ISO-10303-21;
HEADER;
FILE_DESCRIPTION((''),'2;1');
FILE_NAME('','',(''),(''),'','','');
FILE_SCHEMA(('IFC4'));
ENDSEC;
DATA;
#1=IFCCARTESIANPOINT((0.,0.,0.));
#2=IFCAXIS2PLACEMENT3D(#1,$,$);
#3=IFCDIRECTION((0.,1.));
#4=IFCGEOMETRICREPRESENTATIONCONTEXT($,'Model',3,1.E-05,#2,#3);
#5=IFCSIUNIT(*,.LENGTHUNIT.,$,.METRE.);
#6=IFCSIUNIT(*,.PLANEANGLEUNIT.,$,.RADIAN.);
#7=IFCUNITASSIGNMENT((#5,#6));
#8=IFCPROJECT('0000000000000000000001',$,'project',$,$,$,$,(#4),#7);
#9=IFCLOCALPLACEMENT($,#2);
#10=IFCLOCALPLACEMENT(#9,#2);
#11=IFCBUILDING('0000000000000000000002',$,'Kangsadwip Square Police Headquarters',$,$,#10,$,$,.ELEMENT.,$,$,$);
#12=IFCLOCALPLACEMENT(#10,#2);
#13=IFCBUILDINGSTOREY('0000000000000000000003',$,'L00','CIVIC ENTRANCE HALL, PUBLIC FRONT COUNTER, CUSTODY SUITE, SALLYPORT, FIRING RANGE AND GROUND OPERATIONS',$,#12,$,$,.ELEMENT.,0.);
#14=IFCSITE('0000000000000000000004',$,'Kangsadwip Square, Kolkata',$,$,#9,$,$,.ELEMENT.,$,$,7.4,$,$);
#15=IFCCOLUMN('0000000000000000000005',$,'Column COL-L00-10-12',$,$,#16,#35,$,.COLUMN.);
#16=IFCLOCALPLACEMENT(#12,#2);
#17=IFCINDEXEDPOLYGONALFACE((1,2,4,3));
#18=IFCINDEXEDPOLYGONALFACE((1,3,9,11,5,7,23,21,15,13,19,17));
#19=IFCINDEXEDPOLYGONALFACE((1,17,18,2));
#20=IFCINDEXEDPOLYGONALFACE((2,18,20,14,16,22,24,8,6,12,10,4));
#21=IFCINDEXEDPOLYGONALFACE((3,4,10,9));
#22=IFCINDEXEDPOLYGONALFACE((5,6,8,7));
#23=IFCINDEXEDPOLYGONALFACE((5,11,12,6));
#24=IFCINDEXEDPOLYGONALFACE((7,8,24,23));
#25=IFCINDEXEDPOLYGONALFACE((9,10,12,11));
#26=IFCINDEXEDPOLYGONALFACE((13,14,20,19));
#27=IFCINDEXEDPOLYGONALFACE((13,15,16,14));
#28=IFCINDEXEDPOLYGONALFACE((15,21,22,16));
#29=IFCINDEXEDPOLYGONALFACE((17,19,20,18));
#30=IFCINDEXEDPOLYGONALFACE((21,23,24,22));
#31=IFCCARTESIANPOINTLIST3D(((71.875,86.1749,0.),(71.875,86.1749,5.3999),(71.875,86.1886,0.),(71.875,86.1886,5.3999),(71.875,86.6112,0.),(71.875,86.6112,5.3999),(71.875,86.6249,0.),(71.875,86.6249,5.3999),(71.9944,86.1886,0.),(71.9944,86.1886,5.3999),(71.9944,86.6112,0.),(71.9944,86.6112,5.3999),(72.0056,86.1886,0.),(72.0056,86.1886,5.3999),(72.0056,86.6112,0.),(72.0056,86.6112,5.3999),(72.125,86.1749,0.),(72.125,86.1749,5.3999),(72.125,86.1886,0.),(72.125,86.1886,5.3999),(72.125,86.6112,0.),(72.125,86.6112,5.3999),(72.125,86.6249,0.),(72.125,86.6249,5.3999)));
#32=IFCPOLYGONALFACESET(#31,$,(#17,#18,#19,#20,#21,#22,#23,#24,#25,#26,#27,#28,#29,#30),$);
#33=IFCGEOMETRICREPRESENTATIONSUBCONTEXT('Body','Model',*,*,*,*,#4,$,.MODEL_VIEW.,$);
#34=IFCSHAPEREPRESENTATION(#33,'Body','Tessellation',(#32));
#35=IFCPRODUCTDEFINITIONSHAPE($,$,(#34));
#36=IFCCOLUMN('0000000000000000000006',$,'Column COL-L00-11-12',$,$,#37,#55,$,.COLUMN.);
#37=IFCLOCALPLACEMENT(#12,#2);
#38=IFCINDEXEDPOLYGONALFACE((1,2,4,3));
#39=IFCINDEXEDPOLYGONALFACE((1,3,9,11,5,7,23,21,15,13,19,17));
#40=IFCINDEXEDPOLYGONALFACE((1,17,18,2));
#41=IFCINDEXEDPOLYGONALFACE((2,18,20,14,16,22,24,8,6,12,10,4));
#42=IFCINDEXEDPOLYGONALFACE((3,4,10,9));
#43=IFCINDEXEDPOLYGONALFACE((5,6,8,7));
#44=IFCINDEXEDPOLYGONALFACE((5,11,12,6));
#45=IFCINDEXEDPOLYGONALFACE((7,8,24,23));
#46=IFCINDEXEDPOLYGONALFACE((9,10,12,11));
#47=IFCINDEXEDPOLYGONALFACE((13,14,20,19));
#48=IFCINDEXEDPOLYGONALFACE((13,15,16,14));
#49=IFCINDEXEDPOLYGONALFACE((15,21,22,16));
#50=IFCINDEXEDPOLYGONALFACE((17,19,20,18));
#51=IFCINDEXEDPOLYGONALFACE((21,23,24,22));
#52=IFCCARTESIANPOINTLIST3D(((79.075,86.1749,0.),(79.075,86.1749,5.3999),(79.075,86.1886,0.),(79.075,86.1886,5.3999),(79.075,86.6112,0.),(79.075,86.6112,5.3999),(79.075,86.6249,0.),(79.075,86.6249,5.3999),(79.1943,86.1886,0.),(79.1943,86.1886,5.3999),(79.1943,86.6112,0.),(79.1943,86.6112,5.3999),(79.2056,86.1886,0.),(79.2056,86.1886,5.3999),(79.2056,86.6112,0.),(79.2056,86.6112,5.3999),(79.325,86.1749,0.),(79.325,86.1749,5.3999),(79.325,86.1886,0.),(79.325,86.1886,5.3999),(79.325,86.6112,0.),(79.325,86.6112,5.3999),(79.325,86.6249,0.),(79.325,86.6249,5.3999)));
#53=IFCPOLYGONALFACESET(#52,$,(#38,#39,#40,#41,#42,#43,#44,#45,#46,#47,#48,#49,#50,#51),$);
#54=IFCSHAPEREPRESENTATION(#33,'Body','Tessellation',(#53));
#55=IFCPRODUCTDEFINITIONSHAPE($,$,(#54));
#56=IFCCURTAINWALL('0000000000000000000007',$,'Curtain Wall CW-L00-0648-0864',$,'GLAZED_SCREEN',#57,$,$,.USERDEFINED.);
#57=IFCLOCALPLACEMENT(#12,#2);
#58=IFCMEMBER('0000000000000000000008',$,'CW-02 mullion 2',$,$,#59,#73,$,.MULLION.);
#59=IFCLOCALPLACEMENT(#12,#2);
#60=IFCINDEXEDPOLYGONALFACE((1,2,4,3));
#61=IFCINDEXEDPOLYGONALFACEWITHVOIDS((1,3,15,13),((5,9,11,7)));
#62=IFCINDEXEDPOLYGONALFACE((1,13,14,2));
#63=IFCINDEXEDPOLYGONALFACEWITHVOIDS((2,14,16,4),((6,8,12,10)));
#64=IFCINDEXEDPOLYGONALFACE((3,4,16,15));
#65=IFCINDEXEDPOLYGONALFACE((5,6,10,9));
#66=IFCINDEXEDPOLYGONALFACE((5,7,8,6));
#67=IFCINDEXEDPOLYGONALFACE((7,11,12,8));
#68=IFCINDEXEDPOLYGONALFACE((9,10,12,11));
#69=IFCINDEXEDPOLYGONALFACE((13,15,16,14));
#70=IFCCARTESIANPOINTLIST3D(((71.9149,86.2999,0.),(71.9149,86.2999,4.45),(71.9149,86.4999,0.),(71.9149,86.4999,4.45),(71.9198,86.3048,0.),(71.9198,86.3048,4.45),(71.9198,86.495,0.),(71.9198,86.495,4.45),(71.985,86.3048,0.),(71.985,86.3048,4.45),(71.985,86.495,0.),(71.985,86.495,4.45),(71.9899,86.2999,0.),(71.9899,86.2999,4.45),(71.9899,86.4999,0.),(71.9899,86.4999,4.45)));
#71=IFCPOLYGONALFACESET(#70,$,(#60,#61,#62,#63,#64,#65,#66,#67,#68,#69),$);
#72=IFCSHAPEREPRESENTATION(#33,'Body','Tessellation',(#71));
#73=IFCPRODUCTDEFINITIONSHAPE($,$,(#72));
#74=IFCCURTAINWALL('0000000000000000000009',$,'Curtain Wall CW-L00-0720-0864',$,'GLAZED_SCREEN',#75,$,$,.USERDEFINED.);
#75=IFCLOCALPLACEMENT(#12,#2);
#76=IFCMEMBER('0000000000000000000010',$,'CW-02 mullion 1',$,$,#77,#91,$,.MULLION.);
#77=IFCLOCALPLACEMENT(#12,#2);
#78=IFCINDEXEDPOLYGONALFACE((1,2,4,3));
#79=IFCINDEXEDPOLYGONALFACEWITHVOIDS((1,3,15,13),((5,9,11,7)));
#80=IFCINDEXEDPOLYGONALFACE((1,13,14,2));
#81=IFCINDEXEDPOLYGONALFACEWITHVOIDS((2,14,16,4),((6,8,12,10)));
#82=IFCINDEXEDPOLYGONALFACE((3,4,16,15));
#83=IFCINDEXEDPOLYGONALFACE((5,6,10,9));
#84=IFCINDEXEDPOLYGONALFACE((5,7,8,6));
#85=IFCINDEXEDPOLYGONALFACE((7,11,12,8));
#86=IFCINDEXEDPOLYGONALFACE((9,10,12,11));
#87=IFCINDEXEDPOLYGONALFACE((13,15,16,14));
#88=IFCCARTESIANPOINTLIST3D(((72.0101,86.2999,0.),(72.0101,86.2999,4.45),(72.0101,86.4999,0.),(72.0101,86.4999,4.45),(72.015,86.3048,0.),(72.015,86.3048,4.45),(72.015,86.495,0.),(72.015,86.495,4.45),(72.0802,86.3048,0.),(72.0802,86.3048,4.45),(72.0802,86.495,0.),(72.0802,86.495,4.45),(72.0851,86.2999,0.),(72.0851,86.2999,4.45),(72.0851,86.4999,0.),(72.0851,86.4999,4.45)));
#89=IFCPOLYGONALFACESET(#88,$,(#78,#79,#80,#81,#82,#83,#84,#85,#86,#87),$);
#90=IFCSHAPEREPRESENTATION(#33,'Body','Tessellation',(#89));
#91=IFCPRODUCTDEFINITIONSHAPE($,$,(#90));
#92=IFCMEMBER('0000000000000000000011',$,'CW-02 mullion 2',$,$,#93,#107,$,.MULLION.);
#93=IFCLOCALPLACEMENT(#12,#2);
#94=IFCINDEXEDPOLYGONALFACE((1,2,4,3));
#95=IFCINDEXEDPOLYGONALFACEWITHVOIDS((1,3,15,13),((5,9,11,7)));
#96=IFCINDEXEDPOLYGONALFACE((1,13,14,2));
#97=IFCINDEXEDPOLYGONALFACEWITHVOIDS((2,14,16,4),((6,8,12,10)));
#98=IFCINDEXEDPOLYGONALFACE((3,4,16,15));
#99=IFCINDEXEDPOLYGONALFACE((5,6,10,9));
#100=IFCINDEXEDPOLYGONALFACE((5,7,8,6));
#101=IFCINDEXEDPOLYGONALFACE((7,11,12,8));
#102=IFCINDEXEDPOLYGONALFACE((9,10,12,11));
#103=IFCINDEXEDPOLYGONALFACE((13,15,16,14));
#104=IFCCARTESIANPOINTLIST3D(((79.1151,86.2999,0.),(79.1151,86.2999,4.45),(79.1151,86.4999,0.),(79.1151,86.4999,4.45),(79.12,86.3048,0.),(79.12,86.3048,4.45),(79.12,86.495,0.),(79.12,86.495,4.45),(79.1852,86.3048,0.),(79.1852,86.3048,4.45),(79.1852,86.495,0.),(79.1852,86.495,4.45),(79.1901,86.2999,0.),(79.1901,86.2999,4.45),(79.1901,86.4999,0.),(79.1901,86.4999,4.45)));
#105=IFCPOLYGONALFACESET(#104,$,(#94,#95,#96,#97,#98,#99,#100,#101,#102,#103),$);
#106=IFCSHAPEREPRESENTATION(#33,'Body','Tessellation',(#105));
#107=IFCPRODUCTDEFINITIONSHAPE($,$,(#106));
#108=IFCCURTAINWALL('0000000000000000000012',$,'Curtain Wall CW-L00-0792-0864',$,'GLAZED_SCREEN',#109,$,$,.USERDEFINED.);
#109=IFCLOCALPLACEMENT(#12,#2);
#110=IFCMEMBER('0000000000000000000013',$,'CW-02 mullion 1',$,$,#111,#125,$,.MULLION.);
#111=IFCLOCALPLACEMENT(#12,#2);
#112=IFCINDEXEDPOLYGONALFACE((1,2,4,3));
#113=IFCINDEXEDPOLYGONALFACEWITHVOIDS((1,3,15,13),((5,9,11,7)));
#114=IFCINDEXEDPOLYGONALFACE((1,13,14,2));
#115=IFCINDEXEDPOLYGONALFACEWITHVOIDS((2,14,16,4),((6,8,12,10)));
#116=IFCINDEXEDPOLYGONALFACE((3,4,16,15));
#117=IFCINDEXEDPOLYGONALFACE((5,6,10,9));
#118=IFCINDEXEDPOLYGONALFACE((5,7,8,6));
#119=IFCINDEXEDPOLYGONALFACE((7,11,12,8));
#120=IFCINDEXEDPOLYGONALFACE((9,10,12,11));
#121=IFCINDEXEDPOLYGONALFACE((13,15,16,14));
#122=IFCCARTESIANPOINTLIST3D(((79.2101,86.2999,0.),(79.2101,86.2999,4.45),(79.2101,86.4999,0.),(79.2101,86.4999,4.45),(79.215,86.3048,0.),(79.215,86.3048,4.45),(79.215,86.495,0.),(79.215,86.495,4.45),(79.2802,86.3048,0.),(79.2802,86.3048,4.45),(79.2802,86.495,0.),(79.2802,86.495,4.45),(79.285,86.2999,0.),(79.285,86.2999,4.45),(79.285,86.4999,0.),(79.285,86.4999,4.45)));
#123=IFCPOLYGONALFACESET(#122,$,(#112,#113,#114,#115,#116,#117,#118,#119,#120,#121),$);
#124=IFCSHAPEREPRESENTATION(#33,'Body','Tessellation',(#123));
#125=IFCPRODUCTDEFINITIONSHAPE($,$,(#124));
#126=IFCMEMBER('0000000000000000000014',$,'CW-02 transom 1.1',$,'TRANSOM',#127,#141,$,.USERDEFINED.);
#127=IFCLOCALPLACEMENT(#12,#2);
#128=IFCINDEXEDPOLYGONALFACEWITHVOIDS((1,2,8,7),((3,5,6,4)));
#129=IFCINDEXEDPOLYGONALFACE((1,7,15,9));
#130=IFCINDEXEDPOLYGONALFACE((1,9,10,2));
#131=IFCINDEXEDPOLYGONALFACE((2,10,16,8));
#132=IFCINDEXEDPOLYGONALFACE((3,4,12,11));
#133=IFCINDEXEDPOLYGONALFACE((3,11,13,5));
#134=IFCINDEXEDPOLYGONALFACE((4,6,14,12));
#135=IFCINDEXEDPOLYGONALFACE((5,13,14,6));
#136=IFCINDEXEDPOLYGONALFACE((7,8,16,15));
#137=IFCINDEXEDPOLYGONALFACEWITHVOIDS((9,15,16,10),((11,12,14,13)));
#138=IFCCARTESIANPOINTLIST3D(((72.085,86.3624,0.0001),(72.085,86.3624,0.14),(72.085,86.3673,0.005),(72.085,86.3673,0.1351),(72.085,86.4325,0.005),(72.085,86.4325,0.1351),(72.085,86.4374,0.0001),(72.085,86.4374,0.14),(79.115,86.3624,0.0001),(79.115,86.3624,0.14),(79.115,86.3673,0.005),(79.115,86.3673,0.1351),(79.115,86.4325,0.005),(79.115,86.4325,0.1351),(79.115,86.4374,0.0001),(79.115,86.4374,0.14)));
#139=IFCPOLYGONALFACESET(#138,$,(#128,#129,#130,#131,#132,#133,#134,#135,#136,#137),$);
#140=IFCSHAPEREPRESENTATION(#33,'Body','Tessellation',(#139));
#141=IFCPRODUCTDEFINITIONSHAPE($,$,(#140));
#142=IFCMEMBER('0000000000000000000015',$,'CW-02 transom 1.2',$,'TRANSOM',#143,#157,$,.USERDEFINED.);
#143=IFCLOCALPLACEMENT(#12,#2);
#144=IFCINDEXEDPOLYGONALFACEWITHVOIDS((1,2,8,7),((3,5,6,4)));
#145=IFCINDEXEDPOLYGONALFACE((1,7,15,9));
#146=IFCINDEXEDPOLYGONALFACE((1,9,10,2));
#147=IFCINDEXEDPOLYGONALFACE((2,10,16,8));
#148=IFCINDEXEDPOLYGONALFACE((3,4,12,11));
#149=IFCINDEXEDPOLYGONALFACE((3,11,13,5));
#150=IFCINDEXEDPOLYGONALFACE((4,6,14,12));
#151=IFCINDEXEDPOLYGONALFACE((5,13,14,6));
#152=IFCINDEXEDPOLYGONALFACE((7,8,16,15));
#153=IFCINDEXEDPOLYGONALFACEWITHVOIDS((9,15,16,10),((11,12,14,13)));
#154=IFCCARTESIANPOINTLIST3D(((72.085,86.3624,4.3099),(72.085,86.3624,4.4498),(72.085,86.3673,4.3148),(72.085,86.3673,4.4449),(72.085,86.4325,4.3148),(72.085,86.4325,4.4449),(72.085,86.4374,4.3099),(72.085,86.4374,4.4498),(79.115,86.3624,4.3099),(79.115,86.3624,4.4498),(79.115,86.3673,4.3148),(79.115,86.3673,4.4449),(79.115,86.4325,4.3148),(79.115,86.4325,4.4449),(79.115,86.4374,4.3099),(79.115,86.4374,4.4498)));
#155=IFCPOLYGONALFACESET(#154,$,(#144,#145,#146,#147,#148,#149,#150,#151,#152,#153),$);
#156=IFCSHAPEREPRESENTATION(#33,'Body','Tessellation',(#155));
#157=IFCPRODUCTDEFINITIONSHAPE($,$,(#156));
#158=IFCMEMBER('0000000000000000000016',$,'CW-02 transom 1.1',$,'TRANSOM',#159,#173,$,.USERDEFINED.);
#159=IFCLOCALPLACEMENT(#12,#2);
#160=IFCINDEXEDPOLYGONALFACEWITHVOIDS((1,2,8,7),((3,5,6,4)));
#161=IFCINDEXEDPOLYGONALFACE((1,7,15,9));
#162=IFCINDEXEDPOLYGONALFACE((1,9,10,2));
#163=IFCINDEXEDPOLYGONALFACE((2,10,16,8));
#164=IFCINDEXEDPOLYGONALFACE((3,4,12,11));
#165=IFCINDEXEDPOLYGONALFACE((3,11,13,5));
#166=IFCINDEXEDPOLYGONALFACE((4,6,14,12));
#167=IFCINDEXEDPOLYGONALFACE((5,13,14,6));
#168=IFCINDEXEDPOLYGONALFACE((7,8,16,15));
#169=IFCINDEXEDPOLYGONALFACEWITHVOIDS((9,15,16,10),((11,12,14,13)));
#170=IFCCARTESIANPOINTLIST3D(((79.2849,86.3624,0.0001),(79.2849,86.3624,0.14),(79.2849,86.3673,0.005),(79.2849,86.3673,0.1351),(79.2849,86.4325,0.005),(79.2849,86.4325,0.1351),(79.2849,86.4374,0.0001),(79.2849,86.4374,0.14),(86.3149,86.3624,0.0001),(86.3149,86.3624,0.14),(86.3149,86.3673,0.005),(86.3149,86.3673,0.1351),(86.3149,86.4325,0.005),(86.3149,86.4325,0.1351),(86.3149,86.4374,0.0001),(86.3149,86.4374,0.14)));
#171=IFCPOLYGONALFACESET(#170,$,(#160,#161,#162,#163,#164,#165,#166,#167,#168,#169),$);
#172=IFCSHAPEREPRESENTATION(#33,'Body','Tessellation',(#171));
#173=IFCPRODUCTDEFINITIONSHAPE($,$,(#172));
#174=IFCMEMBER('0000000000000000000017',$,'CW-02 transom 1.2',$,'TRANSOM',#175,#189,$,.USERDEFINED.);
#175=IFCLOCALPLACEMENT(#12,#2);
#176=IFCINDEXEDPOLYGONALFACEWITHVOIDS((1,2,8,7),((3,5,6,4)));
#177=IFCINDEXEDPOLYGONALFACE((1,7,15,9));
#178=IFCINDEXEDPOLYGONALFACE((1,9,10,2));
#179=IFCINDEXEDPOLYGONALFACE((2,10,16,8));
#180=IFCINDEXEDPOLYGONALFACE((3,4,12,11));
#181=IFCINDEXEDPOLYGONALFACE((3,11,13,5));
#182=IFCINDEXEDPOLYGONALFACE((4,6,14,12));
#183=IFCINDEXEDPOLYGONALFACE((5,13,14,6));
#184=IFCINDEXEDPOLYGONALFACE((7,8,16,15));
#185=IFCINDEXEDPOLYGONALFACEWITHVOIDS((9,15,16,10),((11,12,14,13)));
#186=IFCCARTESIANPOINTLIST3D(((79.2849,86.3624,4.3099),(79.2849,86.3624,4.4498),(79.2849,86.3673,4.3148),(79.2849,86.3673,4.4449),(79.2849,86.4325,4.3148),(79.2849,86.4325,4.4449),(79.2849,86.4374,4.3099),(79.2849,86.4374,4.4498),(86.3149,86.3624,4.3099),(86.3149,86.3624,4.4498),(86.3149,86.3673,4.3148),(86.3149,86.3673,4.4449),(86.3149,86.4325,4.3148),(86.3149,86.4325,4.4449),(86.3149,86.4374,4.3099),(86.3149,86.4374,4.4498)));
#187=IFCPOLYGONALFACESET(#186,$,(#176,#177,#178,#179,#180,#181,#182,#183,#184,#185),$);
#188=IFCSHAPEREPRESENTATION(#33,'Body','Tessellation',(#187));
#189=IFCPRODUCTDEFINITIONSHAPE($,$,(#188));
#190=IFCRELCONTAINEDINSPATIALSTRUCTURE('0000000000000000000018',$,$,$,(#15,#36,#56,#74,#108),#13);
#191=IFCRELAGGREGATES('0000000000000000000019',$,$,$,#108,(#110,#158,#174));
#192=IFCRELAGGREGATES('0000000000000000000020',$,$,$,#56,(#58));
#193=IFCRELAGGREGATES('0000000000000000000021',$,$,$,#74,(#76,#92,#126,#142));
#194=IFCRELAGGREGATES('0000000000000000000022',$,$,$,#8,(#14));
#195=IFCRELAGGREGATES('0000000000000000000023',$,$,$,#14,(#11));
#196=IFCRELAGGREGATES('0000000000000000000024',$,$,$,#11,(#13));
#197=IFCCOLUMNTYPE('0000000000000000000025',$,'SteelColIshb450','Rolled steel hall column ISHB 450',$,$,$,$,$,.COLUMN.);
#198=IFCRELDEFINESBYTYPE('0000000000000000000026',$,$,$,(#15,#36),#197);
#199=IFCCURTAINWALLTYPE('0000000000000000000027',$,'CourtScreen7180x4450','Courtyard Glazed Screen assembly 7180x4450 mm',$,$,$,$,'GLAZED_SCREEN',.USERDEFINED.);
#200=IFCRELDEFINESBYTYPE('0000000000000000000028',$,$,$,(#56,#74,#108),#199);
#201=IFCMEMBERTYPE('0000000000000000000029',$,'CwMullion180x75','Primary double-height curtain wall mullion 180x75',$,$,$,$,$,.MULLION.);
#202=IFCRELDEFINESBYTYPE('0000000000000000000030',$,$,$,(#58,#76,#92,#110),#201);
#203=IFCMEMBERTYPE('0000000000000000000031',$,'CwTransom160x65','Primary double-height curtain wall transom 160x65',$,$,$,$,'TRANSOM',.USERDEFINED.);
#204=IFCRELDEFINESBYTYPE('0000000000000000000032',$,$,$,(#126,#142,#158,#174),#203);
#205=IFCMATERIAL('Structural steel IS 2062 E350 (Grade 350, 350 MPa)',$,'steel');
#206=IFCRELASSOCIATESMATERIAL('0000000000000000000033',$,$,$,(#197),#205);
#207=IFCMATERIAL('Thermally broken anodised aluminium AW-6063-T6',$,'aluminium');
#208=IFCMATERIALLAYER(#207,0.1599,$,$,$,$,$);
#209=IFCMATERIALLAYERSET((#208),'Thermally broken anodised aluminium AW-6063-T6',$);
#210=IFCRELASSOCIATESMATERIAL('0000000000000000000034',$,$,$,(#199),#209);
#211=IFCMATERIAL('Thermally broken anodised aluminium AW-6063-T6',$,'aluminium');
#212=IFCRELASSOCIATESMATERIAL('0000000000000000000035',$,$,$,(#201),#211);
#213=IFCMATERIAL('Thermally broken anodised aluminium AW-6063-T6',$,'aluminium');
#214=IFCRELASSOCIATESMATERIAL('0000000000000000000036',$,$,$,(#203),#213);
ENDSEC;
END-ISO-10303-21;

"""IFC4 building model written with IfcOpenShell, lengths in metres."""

from ifc_helpers import new_model, si_unit, direction, frame, origin, origin_2d, place, context, subcontext, project, spatial, hollow_rectangle, i_section, extrude, material, layer, layer_set, material_profile, profile_set, type_object, element, aggregate, save


model = new_model("IFC4")

# Units and contexts
model_context = context("Model", 3, precision=1e-05, world=origin(), true_north=direction((0.0, 1.0)))
body_context = subcontext(model_context, "Body", "Model", "MODEL_VIEW")
ifc_project = project(units=[si_unit("LENGTHUNIT", "METRE"), si_unit("PLANEANGLEUNIT", "RADIAN")], contexts=[model_context])

# Site, building, storey
site_placement = place(None, origin())
site = spatial("IfcSite", under=ifc_project, at=site_placement, Name="Kangsadwip Square, Kolkata", CompositionType="ELEMENT", RefElevation=7.4)
building_placement = place(site_placement, origin())
building = spatial("IfcBuilding", under=site, at=building_placement, Name="Kangsadwip Square Police Headquarters", CompositionType="ELEMENT")
storey_placement = place(building_placement, origin())
storey = spatial("IfcBuildingStorey", under=building, at=storey_placement, Name="L00", Description="CIVIC ENTRANCE HALL, PUBLIC FRONT COUNTER, CUSTODY SUITE, SALLYPORT, FIRING RANGE AND GROUND OPERATIONS", CompositionType="ELEMENT", Elevation=0.0)

# Columns
ifc_material_1 = material(Name="Structural steel IS 2062 E350 (Grade 350, 350 MPa)", Category="steel")
ifc_material_profile_1 = material_profile(ifc_material_1, i_section(OverallWidth=0.25, OverallDepth=0.45, WebThickness=0.0112, FlangeThickness=0.0137, at=origin_2d()), Name="ISHB 450")
ifc_profile_set_1 = profile_set([ifc_material_profile_1], Name="Structural steel IS 2062 E350 (Grade 350, 350 MPa)")
column_type = type_object("IfcColumnType", Name="SteelColIshb450", Description="Rolled steel hall column ISHB 450", PredefinedType="COLUMN", material=ifc_profile_set_1)
for number, where, z_axis, x_axis, name in (
    (1, (72.0, 86.3999, 0.0), (0.0, 0.0, 1.0), (1.0, 0.0, 0.0), "Column COL-L00-10-12"),
    (2, (79.2, 86.3999, 0.0), (0.0, 0.0, 1.0), (1.0, 0.0, 0.0), "Column COL-L00-11-12"),
):
    element("IfcColumn", number, at=place(storey_placement, frame(where, z_axis=z_axis, x_axis=x_axis)), inside=storey, type_object=column_type, Name=name, PredefinedType="COLUMN", context=body_context, shape_type="SweptSolid", body=[
        extrude(i_section(OverallWidth=0.25, OverallDepth=0.45, WebThickness=0.0112, FlangeThickness=0.0137, at=origin_2d()), origin(), (0.0, 0.0, 1.0), 5.3999),
    ])

# Curtain wall, member
ifc_material_2 = material(Name="Thermally broken anodised aluminium AW-6063-T6", Category="aluminium")
ifc_layer_1 = layer(ifc_material_2, 0.1599)
ifc_layer_set_1 = layer_set([ifc_layer_1], Name="Thermally broken anodised aluminium AW-6063-T6")
curtain_wall_type = type_object("IfcCurtainWallType", Name="CourtScreen7180x4450", Description="Courtyard Glazed Screen assembly 7180x4450 mm", ElementType="GLAZED_SCREEN", PredefinedType="USERDEFINED", material=ifc_layer_set_1)
curtain_wall_1_placement = place(storey_placement, origin())
curtain_wall_1 = element("IfcCurtainWall", 3, at=curtain_wall_1_placement, inside=storey, type_object=curtain_wall_type, Name="Curtain Wall CW-L00-0648-0864", ObjectType="GLAZED_SCREEN", PredefinedType="USERDEFINED")
ifc_material_3 = material(Name="Thermally broken anodised aluminium AW-6063-T6", Category="aluminium")
ifc_material_profile_2 = material_profile(ifc_material_3, hollow_rectangle(XDim=0.075, YDim=0.2, WallThickness=0.0049, at=origin_2d()), Name="CWM 200X75X5")
ifc_profile_set_2 = profile_set([ifc_material_profile_2], Name="Thermally broken anodised aluminium AW-6063-T6")
member_type_1 = type_object("IfcMemberType", Name="CwMullion180x75", Description="Primary double-height curtain wall mullion 180x75", PredefinedType="MULLION", material=ifc_profile_set_2)
member_1_placement = place(storey_placement, frame((71.9524, 86.3999, 0.0), z_axis=(0.0, 0.0, 1.0), x_axis=(1.0, 0.0, 0.0)))
member_1 = element("IfcMember", 4, at=member_1_placement, type_object=member_type_1, Name="CW-02 mullion 2", PredefinedType="MULLION", context=body_context, shape_type="SweptSolid", body=[
    extrude(hollow_rectangle(XDim=0.075, YDim=0.2, WallThickness=0.0049, at=origin_2d()), origin(), (0.0, 0.0, 1.0), 4.45),
])

# Curtain wall, members
curtain_wall_2_placement = place(storey_placement, origin())
curtain_wall_2 = element("IfcCurtainWall", 5, at=curtain_wall_2_placement, inside=storey, type_object=curtain_wall_type, Name="Curtain Wall CW-L00-0720-0864", ObjectType="GLAZED_SCREEN", PredefinedType="USERDEFINED")
member_2_placement = place(storey_placement, frame((72.0476, 86.3999, 0.0), z_axis=(0.0, 0.0, 1.0), x_axis=(1.0, 0.0, 0.0)))
member_2 = element("IfcMember", 6, at=member_2_placement, type_object=member_type_1, Name="CW-02 mullion 1", PredefinedType="MULLION", context=body_context, shape_type="SweptSolid", body=[
    extrude(hollow_rectangle(XDim=0.075, YDim=0.2, WallThickness=0.0049, at=origin_2d()), origin(), (0.0, 0.0, 1.0), 4.45),
])
member_3_placement = place(storey_placement, frame((79.1526, 86.3999, 0.0), z_axis=(0.0, 0.0, 1.0), x_axis=(1.0, 0.0, 0.0)))
member_3 = element("IfcMember", 7, at=member_3_placement, type_object=member_type_1, Name="CW-02 mullion 2", PredefinedType="MULLION", context=body_context, shape_type="SweptSolid", body=[
    extrude(hollow_rectangle(XDim=0.075, YDim=0.2, WallThickness=0.0049, at=origin_2d()), origin(), (0.0, 0.0, 1.0), 4.45),
])

# Curtain wall, member
curtain_wall_3_placement = place(storey_placement, origin())
curtain_wall_3 = element("IfcCurtainWall", 8, at=curtain_wall_3_placement, inside=storey, type_object=curtain_wall_type, Name="Curtain Wall CW-L00-0792-0864", ObjectType="GLAZED_SCREEN", PredefinedType="USERDEFINED")
member_4_placement = place(storey_placement, frame((79.2476, 86.3999, 0.0), z_axis=(0.0, 0.0, 1.0), x_axis=(1.0, 0.0, 0.0)))
member_4 = element("IfcMember", 9, at=member_4_placement, type_object=member_type_1, Name="CW-02 mullion 1", PredefinedType="MULLION", context=body_context, shape_type="SweptSolid", body=[
    extrude(hollow_rectangle(XDim=0.075, YDim=0.2, WallThickness=0.0049, at=origin_2d()), origin(), (0.0, 0.0, 1.0), 4.45),
])

# Members
ifc_material_4 = material(Name="Thermally broken anodised aluminium AW-6063-T6", Category="aluminium")
ifc_material_profile_3 = material_profile(ifc_material_4, hollow_rectangle(XDim=0.075, YDim=0.1399, WallThickness=0.0049, at=origin_2d()), Name="CWT 140X75X5")
ifc_profile_set_3 = profile_set([ifc_material_profile_3], Name="Thermally broken anodised aluminium AW-6063-T6")
member_type_2 = type_object("IfcMemberType", Name="CwTransom160x65", Description="Primary double-height curtain wall transom 160x65", ElementType="TRANSOM", PredefinedType="USERDEFINED", material=ifc_profile_set_3)
member_5_placement = place(storey_placement, frame((72.085, 86.3999, 0.0701), z_axis=(1.0, 0.0, 0.0), x_axis=(0.0, 1.0, 0.0)))
member_5 = element("IfcMember", 10, at=member_5_placement, type_object=member_type_2, Name="CW-02 transom 1.1", ObjectType="TRANSOM", PredefinedType="USERDEFINED", context=body_context, shape_type="SweptSolid", body=[
    extrude(hollow_rectangle(XDim=0.075, YDim=0.1399, WallThickness=0.0049, at=origin_2d()), origin(), (0.0, 0.0, 1.0), 7.03),
])
member_6_placement = place(storey_placement, frame((72.085, 86.3999, 4.3799), z_axis=(1.0, 0.0, 0.0), x_axis=(0.0, 1.0, 0.0)))
member_6 = element("IfcMember", 11, at=member_6_placement, type_object=member_type_2, Name="CW-02 transom 1.2", ObjectType="TRANSOM", PredefinedType="USERDEFINED", context=body_context, shape_type="SweptSolid", body=[
    extrude(hollow_rectangle(XDim=0.075, YDim=0.1399, WallThickness=0.0049, at=origin_2d()), origin(), (0.0, 0.0, 1.0), 7.03),
])
member_7_placement = place(storey_placement, frame((79.2849, 86.3999, 0.0701), z_axis=(1.0, 0.0, 0.0), x_axis=(0.0, 1.0, 0.0)))
member_7 = element("IfcMember", 12, at=member_7_placement, type_object=member_type_2, Name="CW-02 transom 1.1", ObjectType="TRANSOM", PredefinedType="USERDEFINED", context=body_context, shape_type="SweptSolid", body=[
    extrude(hollow_rectangle(XDim=0.075, YDim=0.1399, WallThickness=0.0049, at=origin_2d()), origin(), (0.0, 0.0, 1.0), 7.03),
])
member_8_placement = place(storey_placement, frame((79.2849, 86.3999, 4.3799), z_axis=(1.0, 0.0, 0.0), x_axis=(0.0, 1.0, 0.0)))
member_8 = element("IfcMember", 13, at=member_8_placement, type_object=member_type_2, Name="CW-02 transom 1.2", ObjectType="TRANSOM", PredefinedType="USERDEFINED", context=body_context, shape_type="SweptSolid", body=[
    extrude(hollow_rectangle(XDim=0.075, YDim=0.1399, WallThickness=0.0049, at=origin_2d()), origin(), (0.0, 0.0, 1.0), 7.03),
])
aggregate(curtain_wall_3, [member_4, member_7, member_8])

aggregate(curtain_wall_1, [member_1])
aggregate(curtain_wall_2, [member_2, member_3, member_5, member_6])

save(model, "model.ifc")
